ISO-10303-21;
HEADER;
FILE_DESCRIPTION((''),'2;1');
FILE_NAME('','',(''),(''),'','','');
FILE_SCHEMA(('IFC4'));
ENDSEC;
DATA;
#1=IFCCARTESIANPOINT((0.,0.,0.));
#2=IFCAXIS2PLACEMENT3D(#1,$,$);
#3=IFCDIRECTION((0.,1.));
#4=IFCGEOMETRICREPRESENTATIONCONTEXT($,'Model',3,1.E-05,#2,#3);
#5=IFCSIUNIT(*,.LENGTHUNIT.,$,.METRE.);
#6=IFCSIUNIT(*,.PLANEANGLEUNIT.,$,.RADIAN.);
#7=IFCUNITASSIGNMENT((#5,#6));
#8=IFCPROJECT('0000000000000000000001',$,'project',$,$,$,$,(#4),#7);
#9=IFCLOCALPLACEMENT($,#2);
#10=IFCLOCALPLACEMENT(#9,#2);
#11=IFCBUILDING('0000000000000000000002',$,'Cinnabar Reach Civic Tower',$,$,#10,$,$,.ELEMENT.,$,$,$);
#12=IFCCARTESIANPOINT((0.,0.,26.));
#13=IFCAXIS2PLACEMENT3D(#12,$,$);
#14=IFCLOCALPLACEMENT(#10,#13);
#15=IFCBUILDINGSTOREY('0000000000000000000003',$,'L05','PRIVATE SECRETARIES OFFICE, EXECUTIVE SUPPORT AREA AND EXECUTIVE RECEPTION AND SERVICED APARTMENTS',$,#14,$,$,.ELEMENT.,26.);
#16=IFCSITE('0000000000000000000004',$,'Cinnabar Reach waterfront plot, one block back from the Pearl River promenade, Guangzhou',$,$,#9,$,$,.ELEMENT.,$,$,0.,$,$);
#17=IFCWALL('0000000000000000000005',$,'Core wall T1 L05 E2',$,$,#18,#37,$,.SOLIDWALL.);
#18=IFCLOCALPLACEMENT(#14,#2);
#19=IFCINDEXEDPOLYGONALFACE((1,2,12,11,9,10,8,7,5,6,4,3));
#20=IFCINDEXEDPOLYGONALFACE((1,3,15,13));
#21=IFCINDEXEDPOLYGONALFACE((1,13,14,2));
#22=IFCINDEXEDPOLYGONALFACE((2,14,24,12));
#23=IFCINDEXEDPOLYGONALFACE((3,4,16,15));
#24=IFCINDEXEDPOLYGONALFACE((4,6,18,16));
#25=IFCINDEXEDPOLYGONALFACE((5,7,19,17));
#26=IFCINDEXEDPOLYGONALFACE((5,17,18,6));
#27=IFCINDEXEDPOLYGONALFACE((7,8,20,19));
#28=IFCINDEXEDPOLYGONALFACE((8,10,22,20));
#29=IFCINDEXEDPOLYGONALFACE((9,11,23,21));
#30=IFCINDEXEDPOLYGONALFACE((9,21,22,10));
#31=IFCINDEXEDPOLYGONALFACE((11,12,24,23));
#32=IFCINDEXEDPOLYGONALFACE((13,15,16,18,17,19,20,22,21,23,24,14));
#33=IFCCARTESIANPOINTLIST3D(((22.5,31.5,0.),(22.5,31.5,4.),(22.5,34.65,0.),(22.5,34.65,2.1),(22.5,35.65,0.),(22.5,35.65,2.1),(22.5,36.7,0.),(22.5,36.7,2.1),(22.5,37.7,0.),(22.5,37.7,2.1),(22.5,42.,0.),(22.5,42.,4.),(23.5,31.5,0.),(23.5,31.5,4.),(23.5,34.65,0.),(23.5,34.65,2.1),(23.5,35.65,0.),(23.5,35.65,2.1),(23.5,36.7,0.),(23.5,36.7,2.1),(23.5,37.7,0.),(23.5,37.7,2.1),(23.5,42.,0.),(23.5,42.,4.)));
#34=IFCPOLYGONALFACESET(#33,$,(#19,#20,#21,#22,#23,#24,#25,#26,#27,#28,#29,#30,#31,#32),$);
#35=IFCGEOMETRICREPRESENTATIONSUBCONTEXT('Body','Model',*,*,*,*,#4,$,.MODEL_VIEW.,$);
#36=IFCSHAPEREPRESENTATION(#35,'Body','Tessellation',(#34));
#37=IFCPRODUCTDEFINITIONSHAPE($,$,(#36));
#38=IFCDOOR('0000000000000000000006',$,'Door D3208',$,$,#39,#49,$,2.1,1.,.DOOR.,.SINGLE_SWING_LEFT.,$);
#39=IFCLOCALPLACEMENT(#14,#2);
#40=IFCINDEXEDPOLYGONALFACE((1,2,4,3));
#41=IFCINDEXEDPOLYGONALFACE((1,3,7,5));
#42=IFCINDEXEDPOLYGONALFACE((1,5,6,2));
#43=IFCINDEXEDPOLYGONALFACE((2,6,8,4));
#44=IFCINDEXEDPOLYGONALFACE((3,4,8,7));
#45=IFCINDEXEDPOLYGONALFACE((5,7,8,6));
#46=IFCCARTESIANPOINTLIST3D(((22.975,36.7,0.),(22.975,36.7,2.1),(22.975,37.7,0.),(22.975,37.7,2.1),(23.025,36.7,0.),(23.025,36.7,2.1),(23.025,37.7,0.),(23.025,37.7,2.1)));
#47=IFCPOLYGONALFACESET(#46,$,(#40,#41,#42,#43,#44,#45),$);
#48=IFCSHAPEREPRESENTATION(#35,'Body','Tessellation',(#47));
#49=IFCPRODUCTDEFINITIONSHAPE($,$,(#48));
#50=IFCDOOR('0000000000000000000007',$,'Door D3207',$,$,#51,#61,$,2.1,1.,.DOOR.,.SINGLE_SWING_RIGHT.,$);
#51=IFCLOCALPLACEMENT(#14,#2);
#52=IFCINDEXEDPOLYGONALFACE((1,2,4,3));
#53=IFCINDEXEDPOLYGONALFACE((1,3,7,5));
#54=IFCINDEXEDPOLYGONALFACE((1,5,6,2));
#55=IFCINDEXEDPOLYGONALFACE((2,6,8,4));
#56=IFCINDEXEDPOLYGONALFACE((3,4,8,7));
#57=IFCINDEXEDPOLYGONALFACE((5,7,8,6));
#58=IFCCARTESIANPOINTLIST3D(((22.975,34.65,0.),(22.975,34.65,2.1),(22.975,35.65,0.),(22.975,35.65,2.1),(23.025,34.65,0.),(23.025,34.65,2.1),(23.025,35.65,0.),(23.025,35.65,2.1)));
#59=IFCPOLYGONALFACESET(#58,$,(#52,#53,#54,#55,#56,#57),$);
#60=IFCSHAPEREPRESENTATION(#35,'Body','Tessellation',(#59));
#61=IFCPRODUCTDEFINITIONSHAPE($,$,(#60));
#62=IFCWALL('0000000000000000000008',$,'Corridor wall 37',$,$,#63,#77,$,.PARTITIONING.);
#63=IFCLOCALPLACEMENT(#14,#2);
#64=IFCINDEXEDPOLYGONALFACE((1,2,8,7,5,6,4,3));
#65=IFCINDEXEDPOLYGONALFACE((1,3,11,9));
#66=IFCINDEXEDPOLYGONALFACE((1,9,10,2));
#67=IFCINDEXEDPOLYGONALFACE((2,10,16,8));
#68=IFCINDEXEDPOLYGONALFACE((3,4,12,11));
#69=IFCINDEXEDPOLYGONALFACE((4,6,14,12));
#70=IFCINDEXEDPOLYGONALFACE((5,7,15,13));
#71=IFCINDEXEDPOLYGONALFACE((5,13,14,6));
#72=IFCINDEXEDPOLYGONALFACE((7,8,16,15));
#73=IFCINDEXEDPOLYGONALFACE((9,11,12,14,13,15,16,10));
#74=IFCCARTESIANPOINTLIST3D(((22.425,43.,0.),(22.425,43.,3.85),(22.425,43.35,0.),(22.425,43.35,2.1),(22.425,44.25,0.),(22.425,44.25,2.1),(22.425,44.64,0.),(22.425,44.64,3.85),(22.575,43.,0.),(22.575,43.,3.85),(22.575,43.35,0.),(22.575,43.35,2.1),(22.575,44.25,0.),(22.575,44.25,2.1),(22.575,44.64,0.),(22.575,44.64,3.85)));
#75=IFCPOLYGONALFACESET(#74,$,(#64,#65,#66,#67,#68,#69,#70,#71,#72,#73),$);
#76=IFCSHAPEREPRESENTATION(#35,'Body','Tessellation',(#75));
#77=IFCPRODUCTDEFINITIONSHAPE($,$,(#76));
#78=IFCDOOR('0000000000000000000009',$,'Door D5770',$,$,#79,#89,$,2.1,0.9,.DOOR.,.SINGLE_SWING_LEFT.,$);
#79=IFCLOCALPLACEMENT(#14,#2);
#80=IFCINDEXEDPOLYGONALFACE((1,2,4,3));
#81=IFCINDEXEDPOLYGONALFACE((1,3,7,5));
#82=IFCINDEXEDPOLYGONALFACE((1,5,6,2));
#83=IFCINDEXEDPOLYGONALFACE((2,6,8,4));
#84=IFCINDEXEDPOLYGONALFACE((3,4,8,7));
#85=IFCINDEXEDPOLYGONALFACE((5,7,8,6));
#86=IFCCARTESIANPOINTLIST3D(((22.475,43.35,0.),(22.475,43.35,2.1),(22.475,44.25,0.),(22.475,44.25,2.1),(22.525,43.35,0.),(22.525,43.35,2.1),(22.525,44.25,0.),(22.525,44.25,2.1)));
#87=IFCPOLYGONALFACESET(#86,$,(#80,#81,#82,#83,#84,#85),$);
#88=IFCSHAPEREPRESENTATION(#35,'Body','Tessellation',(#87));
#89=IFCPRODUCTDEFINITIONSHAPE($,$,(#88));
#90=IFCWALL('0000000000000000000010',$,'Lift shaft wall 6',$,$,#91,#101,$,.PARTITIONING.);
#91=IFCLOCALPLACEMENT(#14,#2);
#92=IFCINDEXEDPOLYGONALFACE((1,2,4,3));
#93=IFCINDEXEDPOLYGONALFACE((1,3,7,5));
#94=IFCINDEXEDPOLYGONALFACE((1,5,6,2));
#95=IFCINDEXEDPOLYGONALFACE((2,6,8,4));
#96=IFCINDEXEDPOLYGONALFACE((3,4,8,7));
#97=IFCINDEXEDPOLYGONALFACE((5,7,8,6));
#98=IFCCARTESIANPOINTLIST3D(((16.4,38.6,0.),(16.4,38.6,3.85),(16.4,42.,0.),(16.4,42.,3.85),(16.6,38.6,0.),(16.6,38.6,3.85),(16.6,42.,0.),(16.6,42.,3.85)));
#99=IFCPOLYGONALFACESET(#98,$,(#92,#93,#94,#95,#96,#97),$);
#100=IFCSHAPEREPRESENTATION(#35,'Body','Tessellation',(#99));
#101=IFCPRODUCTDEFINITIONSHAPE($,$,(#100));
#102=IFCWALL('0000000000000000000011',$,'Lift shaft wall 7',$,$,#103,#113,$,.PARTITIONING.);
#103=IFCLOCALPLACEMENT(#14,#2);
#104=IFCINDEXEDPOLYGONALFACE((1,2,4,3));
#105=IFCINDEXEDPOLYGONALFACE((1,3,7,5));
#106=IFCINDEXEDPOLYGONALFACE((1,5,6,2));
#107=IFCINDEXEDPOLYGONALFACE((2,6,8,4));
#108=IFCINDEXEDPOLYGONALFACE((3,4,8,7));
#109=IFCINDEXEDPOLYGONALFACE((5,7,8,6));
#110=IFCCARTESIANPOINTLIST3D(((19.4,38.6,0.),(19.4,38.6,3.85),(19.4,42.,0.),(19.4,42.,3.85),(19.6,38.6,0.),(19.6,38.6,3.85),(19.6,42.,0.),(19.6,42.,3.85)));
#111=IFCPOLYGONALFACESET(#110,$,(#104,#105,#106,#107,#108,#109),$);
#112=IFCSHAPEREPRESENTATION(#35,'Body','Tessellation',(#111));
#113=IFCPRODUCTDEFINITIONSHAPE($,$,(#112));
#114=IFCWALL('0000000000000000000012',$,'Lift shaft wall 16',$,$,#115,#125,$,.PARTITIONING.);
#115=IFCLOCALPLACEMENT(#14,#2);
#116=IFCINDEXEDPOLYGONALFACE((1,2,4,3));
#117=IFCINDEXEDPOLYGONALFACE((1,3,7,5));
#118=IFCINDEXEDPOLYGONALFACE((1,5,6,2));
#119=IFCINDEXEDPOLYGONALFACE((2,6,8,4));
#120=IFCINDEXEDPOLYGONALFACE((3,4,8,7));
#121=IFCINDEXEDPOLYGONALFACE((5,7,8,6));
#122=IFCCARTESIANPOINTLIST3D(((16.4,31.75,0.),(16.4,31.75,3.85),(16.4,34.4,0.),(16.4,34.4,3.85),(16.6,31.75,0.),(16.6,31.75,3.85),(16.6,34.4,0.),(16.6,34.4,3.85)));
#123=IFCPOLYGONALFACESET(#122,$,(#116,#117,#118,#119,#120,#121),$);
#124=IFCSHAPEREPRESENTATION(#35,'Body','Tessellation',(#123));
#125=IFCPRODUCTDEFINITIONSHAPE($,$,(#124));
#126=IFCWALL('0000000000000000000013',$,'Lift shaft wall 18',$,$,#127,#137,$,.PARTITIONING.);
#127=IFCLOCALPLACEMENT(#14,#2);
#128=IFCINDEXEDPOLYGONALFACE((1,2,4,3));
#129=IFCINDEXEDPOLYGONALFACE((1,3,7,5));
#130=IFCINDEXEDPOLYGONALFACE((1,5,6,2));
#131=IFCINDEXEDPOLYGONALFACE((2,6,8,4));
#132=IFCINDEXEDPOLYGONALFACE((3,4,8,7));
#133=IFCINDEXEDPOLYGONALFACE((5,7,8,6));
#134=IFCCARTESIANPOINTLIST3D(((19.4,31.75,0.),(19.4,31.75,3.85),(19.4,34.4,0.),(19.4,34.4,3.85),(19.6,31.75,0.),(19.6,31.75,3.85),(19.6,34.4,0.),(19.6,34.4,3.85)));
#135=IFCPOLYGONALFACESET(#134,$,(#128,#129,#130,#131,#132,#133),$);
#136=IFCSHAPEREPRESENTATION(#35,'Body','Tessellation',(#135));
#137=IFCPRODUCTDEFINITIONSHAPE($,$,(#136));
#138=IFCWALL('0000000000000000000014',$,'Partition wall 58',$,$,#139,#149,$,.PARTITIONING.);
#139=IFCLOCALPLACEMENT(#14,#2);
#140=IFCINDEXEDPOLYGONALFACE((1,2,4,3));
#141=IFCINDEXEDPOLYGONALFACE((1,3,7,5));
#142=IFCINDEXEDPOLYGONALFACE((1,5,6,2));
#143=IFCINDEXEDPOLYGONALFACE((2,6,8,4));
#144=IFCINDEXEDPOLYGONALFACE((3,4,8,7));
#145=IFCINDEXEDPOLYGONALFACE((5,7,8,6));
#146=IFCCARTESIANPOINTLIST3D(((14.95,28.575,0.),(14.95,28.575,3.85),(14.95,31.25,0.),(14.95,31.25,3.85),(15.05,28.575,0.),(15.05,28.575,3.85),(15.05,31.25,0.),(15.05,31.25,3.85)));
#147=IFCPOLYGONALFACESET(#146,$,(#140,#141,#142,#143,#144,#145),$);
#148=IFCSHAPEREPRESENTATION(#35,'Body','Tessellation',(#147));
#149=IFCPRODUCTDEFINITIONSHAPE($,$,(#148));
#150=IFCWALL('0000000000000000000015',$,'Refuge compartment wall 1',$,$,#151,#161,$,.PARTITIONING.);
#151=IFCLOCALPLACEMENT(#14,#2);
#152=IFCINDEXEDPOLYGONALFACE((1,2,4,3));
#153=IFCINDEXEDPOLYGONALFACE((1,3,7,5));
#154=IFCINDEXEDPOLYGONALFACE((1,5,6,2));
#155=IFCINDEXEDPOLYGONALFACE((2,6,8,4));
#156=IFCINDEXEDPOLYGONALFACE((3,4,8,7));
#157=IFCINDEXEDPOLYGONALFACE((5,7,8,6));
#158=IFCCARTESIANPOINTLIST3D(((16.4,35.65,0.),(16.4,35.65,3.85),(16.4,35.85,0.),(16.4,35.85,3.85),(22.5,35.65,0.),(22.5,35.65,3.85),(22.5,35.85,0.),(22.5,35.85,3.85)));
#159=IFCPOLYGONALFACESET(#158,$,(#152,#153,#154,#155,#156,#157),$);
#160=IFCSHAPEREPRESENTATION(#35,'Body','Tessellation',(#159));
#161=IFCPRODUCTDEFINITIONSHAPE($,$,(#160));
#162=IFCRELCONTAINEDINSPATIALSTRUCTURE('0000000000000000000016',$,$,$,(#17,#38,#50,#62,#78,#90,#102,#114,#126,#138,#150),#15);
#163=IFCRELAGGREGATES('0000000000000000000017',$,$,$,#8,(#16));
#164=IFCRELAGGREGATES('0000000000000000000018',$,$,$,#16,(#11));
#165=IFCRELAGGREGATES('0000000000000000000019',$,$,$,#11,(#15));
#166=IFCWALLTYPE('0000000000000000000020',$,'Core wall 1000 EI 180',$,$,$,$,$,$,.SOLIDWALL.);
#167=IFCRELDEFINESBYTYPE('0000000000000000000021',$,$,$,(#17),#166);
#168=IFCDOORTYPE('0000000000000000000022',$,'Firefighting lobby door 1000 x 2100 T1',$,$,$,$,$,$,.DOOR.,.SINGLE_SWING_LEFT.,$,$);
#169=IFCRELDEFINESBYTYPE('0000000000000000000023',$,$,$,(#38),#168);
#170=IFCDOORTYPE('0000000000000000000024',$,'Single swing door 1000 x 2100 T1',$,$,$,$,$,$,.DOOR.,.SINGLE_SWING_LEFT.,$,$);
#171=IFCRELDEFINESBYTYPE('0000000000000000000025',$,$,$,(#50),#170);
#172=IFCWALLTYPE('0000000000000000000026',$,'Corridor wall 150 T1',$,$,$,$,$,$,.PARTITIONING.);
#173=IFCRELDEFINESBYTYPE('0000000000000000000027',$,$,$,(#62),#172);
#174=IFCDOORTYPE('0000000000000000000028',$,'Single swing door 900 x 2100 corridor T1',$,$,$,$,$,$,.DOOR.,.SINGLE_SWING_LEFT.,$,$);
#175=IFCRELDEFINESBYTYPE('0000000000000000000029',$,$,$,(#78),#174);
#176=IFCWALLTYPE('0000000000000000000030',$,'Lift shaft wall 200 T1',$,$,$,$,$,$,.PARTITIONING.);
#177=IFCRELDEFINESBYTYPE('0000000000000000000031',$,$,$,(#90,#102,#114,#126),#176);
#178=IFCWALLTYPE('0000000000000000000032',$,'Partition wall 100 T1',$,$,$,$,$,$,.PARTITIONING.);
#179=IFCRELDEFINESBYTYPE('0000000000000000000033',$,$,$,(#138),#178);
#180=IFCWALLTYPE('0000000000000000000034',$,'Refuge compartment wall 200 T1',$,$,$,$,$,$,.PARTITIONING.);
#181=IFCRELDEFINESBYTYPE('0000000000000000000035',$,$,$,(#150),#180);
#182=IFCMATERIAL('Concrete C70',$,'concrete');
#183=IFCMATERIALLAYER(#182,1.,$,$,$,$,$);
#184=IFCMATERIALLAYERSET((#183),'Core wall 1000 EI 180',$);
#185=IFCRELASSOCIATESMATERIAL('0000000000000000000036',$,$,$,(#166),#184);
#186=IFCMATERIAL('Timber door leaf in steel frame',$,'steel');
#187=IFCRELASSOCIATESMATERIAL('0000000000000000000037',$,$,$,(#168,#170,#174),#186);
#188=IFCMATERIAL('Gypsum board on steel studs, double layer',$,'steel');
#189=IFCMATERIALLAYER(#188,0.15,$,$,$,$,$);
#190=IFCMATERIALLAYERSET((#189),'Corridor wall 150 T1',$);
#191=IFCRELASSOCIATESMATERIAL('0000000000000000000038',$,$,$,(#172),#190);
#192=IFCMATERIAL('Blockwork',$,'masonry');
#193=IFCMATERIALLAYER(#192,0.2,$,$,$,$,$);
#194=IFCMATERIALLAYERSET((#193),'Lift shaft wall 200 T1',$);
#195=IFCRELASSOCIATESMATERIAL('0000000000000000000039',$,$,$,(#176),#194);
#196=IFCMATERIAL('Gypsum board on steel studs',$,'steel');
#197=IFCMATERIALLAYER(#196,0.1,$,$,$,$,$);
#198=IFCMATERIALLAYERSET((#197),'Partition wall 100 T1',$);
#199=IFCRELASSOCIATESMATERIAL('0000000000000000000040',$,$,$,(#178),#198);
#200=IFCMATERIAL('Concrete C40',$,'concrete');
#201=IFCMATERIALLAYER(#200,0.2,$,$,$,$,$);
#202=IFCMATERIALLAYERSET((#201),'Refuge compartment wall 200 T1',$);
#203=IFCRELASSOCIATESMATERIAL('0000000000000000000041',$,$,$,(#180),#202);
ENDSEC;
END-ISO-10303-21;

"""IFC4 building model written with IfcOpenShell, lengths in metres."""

from ifc_helpers import new_model, si_unit, direction, frame, frame_2d, origin, place, context, subcontext, project, spatial, rectangle, extrude, material, layer, layer_set, type_object, element, fill, save


model = new_model("IFC4")

# Units and contexts
model_context = context("Model", 3, precision=1e-05, world=origin(), true_north=direction((0.0, 1.0)))
body_context = subcontext(model_context, "Body", "Model", "MODEL_VIEW")
ifc_project = project(units=[si_unit("LENGTHUNIT", "METRE"), si_unit("PLANEANGLEUNIT", "RADIAN")], contexts=[model_context])

# Site, building, storey
site_placement = place(None, origin())
site = spatial("IfcSite", under=ifc_project, at=site_placement, Name="Cinnabar Reach waterfront plot, one block back from the Pearl River promenade, Guangzhou", CompositionType="ELEMENT", RefElevation=0.0)
building_placement = place(site_placement, origin())
building = spatial("IfcBuilding", under=site, at=building_placement, Name="Cinnabar Reach Civic Tower", CompositionType="ELEMENT")
storey_placement = place(building_placement, frame((0.0, 0.0, 26.0)))
storey = spatial("IfcBuildingStorey", under=building, at=storey_placement, Name="L05", Description="PRIVATE SECRETARIES OFFICE, EXECUTIVE SUPPORT AREA AND EXECUTIVE RECEPTION AND SERVICED APARTMENTS", CompositionType="ELEMENT", Elevation=26.0)

# Shared definitions
ifc_material_1 = material(Name="Concrete C70", Category="concrete")

# Shared definitions
ifc_layer_1 = layer(ifc_material_1, 1.0)
ifc_layer_set_1 = layer_set([ifc_layer_1], Name="Core wall 1000 EI 180")
wall_type_1 = type_object("IfcWallType", Name="Core wall 1000 EI 180", PredefinedType="SOLIDWALL", material=ifc_layer_set_1)

# Wall, openings, doors
wall_1_placement = place(storey_placement, frame((23.0, 31.5, 0.0), z_axis=(0.0, 0.0, 1.0), x_axis=(0.0, 1.0, 0.0)))
wall_1 = element("IfcWall", 1, at=wall_1_placement, inside=storey, type_object=wall_type_1, Name="Core wall T1 L05 E2", PredefinedType="SOLIDWALL", context=body_context, shape_type="SweptSolid", body=[
    extrude(rectangle(XDim=10.5, YDim=1.0, at=frame_2d((5.25, 0.0))), origin(), (0.0, 0.0, 1.0), 4.0),
])
opening_1_placement = place(wall_1_placement, frame((3.15, 0.0, 0.0)))
opening_1 = element("IfcOpeningElement", 2, at=opening_1_placement, cuts=wall_1, PredefinedType="OPENING", context=body_context, shape_type="SweptSolid", body=[
    extrude(rectangle(XDim=1.0, YDim=2.1, at=frame_2d((0.5, 1.05))), frame((0.0, 0.51, 0.0), z_axis=(0.0, -1.0, 0.0), x_axis=(1.0, 0.0, 0.0)), (0.0, 0.0, 1.0), 1.02),
])
opening_2_placement = place(wall_1_placement, frame((5.2, 0.0, 0.0)))
opening_2 = element("IfcOpeningElement", 3, at=opening_2_placement, cuts=wall_1, PredefinedType="OPENING", context=body_context, shape_type="SweptSolid", body=[
    extrude(rectangle(XDim=1.0, YDim=2.1, at=frame_2d((0.5, 1.05))), frame((0.0, 0.51, 0.0), z_axis=(0.0, -1.0, 0.0), x_axis=(1.0, 0.0, 0.0)), (0.0, 0.0, 1.0), 1.02),
])
ifc_material_2 = material(Name="Timber door leaf in steel frame", Category="steel")
door_type_1 = type_object("IfcDoorType", Name="Firefighting lobby door 1000 x 2100 T1", OperationType="SINGLE_SWING_LEFT", PredefinedType="DOOR", material=ifc_material_2)
door_1_placement = place(opening_2_placement, origin())
door_1 = element("IfcDoor", 4, at=door_1_placement, inside=storey, type_object=door_type_1, Name="Door D3208", OperationType="SINGLE_SWING_LEFT", OverallHeight=2.1, OverallWidth=1.0, PredefinedType="DOOR", context=body_context, shape_type="SweptSolid", body=[
    extrude(rectangle(XDim=1.0, YDim=2.1, at=frame_2d((0.5, 1.05))), frame((0.0, 0.025, 0.0), z_axis=(0.0, -1.0, 0.0), x_axis=(1.0, 0.0, 0.0)), (0.0, 0.0, 1.0), 0.05),
])
fill(opening_2, door_1)
door_type_2 = type_object("IfcDoorType", Name="Single swing door 1000 x 2100 T1", OperationType="SINGLE_SWING_LEFT", PredefinedType="DOOR", material=ifc_material_2)
door_2_placement = place(opening_1_placement, origin())
door_2 = element("IfcDoor", 5, at=door_2_placement, inside=storey, type_object=door_type_2, Name="Door D3207", OperationType="SINGLE_SWING_RIGHT", OverallHeight=2.1, OverallWidth=1.0, PredefinedType="DOOR", context=body_context, shape_type="SweptSolid", body=[
    extrude(rectangle(XDim=1.0, YDim=2.1, at=frame_2d((0.5, 1.05))), frame((0.0, 0.025, 0.0), z_axis=(0.0, -1.0, 0.0), x_axis=(1.0, 0.0, 0.0)), (0.0, 0.0, 1.0), 0.05),
])
fill(opening_1, door_2)

# Wall, opening, door
ifc_material_3 = material(Name="Gypsum board on steel studs, double layer", Category="steel")
ifc_layer_2 = layer(ifc_material_3, 0.15)
ifc_layer_set_2 = layer_set([ifc_layer_2], Name="Corridor wall 150 T1")
wall_type_2 = type_object("IfcWallType", Name="Corridor wall 150 T1", PredefinedType="PARTITIONING", material=ifc_layer_set_2)
wall_2_placement = place(storey_placement, frame((22.5, 43.0, 0.0), z_axis=(0.0, 0.0, 1.0), x_axis=(0.0, 1.0, 0.0)))
wall_2 = element("IfcWall", 6, at=wall_2_placement, inside=storey, type_object=wall_type_2, Name="Corridor wall 37", PredefinedType="PARTITIONING", context=body_context, shape_type="SweptSolid", body=[
    extrude(rectangle(XDim=1.64, YDim=0.15, at=frame_2d((0.82, 0.0))), origin(), (0.0, 0.0, 1.0), 3.85),
])
opening_3_placement = place(wall_2_placement, frame((0.35, 0.0, 0.0)))
opening_3 = element("IfcOpeningElement", 7, at=opening_3_placement, cuts=wall_2, PredefinedType="OPENING", context=body_context, shape_type="SweptSolid", body=[
    extrude(rectangle(XDim=0.9, YDim=2.1, at=frame_2d((0.45, 1.05))), frame((0.0, 0.085, 0.0), z_axis=(0.0, -1.0, 0.0), x_axis=(1.0, 0.0, 0.0)), (0.0, 0.0, 1.0), 0.17),
])
door_type_3 = type_object("IfcDoorType", Name="Single swing door 900 x 2100 corridor T1", OperationType="SINGLE_SWING_LEFT", PredefinedType="DOOR", material=ifc_material_2)
door_3_placement = place(opening_3_placement, origin())
door_3 = element("IfcDoor", 8, at=door_3_placement, inside=storey, type_object=door_type_3, Name="Door D5770", OperationType="SINGLE_SWING_LEFT", OverallHeight=2.1, OverallWidth=0.9, PredefinedType="DOOR", context=body_context, shape_type="SweptSolid", body=[
    extrude(rectangle(XDim=0.9, YDim=2.1, at=frame_2d((0.45, 1.05))), frame((0.0, 0.025, 0.0), z_axis=(0.0, -1.0, 0.0), x_axis=(1.0, 0.0, 0.0)), (0.0, 0.0, 1.0), 0.05),
])
fill(opening_3, door_3)

# Walls
ifc_material_4 = material(Name="Blockwork", Category="masonry")
ifc_layer_3 = layer(ifc_material_4, 0.2)
ifc_layer_set_3 = layer_set([ifc_layer_3], Name="Lift shaft wall 200 T1")
wall_type_3 = type_object("IfcWallType", Name="Lift shaft wall 200 T1", PredefinedType="PARTITIONING", material=ifc_layer_set_3)
for number, where, z_axis, x_axis, name in (
    (9, (16.5, 38.6, 0.0), (0.0, 0.0, 1.0), (0.0, 1.0, 0.0), "Lift shaft wall 6"),
    (10, (19.5, 38.6, 0.0), (0.0, 0.0, 1.0), (0.0, 1.0, 0.0), "Lift shaft wall 7"),
):
    element("IfcWall", number, at=place(storey_placement, frame(where, z_axis=z_axis, x_axis=x_axis)), inside=storey, type_object=wall_type_3, Name=name, PredefinedType="PARTITIONING", context=body_context, shape_type="SweptSolid", body=[
        extrude(rectangle(XDim=3.4, YDim=0.2, at=frame_2d((1.7, 0.0))), origin(), (0.0, 0.0, 1.0), 3.85),
    ])
for number, where, z_axis, x_axis, name in (
    (11, (16.5, 31.75, 0.0), (0.0, 0.0, 1.0), (0.0, 1.0, 0.0), "Lift shaft wall 16"),
    (12, (19.5, 31.75, 0.0), (0.0, 0.0, 1.0), (0.0, 1.0, 0.0), "Lift shaft wall 18"),
):
    element("IfcWall", number, at=place(storey_placement, frame(where, z_axis=z_axis, x_axis=x_axis)), inside=storey, type_object=wall_type_3, Name=name, PredefinedType="PARTITIONING", context=body_context, shape_type="SweptSolid", body=[
        extrude(rectangle(XDim=2.65, YDim=0.2, at=frame_2d((1.325, 0.0))), origin(), (0.0, 0.0, 1.0), 3.85),
    ])
ifc_material_5 = material(Name="Gypsum board on steel studs", Category="steel")
ifc_layer_4 = layer(ifc_material_5, 0.1)
ifc_layer_set_4 = layer_set([ifc_layer_4], Name="Partition wall 100 T1")
wall_type_4 = type_object("IfcWallType", Name="Partition wall 100 T1", PredefinedType="PARTITIONING", material=ifc_layer_set_4)
wall_3_placement = place(storey_placement, frame((15.0, 28.575, 0.0), z_axis=(0.0, 0.0, 1.0), x_axis=(0.0, 1.0, 0.0)))
element("IfcWall", 13, at=wall_3_placement, inside=storey, type_object=wall_type_4, Name="Partition wall 58", PredefinedType="PARTITIONING", context=body_context, shape_type="SweptSolid", body=[
    extrude(rectangle(XDim=2.675, YDim=0.1, at=frame_2d((1.3375, 0.0))), origin(), (0.0, 0.0, 1.0), 3.85),
])
ifc_material_6 = material(Name="Concrete C40", Category="concrete")
ifc_layer_5 = layer(ifc_material_6, 0.2)
ifc_layer_set_5 = layer_set([ifc_layer_5], Name="Refuge compartment wall 200 T1")
wall_type_5 = type_object("IfcWallType", Name="Refuge compartment wall 200 T1", PredefinedType="PARTITIONING", material=ifc_layer_set_5)
wall_4_placement = place(storey_placement, frame((16.4, 35.75, 0.0), z_axis=(0.0, 0.0, 1.0), x_axis=(1.0, 0.0, 0.0)))
element("IfcWall", 14, at=wall_4_placement, inside=storey, type_object=wall_type_5, Name="Refuge compartment wall 1", PredefinedType="PARTITIONING", context=body_context, shape_type="SweptSolid", body=[
    extrude(rectangle(XDim=6.1, YDim=0.2, at=frame_2d((3.05, 0.0))), origin(), (0.0, 0.0, 1.0), 3.85),
])

save(model, "model.ifc")
